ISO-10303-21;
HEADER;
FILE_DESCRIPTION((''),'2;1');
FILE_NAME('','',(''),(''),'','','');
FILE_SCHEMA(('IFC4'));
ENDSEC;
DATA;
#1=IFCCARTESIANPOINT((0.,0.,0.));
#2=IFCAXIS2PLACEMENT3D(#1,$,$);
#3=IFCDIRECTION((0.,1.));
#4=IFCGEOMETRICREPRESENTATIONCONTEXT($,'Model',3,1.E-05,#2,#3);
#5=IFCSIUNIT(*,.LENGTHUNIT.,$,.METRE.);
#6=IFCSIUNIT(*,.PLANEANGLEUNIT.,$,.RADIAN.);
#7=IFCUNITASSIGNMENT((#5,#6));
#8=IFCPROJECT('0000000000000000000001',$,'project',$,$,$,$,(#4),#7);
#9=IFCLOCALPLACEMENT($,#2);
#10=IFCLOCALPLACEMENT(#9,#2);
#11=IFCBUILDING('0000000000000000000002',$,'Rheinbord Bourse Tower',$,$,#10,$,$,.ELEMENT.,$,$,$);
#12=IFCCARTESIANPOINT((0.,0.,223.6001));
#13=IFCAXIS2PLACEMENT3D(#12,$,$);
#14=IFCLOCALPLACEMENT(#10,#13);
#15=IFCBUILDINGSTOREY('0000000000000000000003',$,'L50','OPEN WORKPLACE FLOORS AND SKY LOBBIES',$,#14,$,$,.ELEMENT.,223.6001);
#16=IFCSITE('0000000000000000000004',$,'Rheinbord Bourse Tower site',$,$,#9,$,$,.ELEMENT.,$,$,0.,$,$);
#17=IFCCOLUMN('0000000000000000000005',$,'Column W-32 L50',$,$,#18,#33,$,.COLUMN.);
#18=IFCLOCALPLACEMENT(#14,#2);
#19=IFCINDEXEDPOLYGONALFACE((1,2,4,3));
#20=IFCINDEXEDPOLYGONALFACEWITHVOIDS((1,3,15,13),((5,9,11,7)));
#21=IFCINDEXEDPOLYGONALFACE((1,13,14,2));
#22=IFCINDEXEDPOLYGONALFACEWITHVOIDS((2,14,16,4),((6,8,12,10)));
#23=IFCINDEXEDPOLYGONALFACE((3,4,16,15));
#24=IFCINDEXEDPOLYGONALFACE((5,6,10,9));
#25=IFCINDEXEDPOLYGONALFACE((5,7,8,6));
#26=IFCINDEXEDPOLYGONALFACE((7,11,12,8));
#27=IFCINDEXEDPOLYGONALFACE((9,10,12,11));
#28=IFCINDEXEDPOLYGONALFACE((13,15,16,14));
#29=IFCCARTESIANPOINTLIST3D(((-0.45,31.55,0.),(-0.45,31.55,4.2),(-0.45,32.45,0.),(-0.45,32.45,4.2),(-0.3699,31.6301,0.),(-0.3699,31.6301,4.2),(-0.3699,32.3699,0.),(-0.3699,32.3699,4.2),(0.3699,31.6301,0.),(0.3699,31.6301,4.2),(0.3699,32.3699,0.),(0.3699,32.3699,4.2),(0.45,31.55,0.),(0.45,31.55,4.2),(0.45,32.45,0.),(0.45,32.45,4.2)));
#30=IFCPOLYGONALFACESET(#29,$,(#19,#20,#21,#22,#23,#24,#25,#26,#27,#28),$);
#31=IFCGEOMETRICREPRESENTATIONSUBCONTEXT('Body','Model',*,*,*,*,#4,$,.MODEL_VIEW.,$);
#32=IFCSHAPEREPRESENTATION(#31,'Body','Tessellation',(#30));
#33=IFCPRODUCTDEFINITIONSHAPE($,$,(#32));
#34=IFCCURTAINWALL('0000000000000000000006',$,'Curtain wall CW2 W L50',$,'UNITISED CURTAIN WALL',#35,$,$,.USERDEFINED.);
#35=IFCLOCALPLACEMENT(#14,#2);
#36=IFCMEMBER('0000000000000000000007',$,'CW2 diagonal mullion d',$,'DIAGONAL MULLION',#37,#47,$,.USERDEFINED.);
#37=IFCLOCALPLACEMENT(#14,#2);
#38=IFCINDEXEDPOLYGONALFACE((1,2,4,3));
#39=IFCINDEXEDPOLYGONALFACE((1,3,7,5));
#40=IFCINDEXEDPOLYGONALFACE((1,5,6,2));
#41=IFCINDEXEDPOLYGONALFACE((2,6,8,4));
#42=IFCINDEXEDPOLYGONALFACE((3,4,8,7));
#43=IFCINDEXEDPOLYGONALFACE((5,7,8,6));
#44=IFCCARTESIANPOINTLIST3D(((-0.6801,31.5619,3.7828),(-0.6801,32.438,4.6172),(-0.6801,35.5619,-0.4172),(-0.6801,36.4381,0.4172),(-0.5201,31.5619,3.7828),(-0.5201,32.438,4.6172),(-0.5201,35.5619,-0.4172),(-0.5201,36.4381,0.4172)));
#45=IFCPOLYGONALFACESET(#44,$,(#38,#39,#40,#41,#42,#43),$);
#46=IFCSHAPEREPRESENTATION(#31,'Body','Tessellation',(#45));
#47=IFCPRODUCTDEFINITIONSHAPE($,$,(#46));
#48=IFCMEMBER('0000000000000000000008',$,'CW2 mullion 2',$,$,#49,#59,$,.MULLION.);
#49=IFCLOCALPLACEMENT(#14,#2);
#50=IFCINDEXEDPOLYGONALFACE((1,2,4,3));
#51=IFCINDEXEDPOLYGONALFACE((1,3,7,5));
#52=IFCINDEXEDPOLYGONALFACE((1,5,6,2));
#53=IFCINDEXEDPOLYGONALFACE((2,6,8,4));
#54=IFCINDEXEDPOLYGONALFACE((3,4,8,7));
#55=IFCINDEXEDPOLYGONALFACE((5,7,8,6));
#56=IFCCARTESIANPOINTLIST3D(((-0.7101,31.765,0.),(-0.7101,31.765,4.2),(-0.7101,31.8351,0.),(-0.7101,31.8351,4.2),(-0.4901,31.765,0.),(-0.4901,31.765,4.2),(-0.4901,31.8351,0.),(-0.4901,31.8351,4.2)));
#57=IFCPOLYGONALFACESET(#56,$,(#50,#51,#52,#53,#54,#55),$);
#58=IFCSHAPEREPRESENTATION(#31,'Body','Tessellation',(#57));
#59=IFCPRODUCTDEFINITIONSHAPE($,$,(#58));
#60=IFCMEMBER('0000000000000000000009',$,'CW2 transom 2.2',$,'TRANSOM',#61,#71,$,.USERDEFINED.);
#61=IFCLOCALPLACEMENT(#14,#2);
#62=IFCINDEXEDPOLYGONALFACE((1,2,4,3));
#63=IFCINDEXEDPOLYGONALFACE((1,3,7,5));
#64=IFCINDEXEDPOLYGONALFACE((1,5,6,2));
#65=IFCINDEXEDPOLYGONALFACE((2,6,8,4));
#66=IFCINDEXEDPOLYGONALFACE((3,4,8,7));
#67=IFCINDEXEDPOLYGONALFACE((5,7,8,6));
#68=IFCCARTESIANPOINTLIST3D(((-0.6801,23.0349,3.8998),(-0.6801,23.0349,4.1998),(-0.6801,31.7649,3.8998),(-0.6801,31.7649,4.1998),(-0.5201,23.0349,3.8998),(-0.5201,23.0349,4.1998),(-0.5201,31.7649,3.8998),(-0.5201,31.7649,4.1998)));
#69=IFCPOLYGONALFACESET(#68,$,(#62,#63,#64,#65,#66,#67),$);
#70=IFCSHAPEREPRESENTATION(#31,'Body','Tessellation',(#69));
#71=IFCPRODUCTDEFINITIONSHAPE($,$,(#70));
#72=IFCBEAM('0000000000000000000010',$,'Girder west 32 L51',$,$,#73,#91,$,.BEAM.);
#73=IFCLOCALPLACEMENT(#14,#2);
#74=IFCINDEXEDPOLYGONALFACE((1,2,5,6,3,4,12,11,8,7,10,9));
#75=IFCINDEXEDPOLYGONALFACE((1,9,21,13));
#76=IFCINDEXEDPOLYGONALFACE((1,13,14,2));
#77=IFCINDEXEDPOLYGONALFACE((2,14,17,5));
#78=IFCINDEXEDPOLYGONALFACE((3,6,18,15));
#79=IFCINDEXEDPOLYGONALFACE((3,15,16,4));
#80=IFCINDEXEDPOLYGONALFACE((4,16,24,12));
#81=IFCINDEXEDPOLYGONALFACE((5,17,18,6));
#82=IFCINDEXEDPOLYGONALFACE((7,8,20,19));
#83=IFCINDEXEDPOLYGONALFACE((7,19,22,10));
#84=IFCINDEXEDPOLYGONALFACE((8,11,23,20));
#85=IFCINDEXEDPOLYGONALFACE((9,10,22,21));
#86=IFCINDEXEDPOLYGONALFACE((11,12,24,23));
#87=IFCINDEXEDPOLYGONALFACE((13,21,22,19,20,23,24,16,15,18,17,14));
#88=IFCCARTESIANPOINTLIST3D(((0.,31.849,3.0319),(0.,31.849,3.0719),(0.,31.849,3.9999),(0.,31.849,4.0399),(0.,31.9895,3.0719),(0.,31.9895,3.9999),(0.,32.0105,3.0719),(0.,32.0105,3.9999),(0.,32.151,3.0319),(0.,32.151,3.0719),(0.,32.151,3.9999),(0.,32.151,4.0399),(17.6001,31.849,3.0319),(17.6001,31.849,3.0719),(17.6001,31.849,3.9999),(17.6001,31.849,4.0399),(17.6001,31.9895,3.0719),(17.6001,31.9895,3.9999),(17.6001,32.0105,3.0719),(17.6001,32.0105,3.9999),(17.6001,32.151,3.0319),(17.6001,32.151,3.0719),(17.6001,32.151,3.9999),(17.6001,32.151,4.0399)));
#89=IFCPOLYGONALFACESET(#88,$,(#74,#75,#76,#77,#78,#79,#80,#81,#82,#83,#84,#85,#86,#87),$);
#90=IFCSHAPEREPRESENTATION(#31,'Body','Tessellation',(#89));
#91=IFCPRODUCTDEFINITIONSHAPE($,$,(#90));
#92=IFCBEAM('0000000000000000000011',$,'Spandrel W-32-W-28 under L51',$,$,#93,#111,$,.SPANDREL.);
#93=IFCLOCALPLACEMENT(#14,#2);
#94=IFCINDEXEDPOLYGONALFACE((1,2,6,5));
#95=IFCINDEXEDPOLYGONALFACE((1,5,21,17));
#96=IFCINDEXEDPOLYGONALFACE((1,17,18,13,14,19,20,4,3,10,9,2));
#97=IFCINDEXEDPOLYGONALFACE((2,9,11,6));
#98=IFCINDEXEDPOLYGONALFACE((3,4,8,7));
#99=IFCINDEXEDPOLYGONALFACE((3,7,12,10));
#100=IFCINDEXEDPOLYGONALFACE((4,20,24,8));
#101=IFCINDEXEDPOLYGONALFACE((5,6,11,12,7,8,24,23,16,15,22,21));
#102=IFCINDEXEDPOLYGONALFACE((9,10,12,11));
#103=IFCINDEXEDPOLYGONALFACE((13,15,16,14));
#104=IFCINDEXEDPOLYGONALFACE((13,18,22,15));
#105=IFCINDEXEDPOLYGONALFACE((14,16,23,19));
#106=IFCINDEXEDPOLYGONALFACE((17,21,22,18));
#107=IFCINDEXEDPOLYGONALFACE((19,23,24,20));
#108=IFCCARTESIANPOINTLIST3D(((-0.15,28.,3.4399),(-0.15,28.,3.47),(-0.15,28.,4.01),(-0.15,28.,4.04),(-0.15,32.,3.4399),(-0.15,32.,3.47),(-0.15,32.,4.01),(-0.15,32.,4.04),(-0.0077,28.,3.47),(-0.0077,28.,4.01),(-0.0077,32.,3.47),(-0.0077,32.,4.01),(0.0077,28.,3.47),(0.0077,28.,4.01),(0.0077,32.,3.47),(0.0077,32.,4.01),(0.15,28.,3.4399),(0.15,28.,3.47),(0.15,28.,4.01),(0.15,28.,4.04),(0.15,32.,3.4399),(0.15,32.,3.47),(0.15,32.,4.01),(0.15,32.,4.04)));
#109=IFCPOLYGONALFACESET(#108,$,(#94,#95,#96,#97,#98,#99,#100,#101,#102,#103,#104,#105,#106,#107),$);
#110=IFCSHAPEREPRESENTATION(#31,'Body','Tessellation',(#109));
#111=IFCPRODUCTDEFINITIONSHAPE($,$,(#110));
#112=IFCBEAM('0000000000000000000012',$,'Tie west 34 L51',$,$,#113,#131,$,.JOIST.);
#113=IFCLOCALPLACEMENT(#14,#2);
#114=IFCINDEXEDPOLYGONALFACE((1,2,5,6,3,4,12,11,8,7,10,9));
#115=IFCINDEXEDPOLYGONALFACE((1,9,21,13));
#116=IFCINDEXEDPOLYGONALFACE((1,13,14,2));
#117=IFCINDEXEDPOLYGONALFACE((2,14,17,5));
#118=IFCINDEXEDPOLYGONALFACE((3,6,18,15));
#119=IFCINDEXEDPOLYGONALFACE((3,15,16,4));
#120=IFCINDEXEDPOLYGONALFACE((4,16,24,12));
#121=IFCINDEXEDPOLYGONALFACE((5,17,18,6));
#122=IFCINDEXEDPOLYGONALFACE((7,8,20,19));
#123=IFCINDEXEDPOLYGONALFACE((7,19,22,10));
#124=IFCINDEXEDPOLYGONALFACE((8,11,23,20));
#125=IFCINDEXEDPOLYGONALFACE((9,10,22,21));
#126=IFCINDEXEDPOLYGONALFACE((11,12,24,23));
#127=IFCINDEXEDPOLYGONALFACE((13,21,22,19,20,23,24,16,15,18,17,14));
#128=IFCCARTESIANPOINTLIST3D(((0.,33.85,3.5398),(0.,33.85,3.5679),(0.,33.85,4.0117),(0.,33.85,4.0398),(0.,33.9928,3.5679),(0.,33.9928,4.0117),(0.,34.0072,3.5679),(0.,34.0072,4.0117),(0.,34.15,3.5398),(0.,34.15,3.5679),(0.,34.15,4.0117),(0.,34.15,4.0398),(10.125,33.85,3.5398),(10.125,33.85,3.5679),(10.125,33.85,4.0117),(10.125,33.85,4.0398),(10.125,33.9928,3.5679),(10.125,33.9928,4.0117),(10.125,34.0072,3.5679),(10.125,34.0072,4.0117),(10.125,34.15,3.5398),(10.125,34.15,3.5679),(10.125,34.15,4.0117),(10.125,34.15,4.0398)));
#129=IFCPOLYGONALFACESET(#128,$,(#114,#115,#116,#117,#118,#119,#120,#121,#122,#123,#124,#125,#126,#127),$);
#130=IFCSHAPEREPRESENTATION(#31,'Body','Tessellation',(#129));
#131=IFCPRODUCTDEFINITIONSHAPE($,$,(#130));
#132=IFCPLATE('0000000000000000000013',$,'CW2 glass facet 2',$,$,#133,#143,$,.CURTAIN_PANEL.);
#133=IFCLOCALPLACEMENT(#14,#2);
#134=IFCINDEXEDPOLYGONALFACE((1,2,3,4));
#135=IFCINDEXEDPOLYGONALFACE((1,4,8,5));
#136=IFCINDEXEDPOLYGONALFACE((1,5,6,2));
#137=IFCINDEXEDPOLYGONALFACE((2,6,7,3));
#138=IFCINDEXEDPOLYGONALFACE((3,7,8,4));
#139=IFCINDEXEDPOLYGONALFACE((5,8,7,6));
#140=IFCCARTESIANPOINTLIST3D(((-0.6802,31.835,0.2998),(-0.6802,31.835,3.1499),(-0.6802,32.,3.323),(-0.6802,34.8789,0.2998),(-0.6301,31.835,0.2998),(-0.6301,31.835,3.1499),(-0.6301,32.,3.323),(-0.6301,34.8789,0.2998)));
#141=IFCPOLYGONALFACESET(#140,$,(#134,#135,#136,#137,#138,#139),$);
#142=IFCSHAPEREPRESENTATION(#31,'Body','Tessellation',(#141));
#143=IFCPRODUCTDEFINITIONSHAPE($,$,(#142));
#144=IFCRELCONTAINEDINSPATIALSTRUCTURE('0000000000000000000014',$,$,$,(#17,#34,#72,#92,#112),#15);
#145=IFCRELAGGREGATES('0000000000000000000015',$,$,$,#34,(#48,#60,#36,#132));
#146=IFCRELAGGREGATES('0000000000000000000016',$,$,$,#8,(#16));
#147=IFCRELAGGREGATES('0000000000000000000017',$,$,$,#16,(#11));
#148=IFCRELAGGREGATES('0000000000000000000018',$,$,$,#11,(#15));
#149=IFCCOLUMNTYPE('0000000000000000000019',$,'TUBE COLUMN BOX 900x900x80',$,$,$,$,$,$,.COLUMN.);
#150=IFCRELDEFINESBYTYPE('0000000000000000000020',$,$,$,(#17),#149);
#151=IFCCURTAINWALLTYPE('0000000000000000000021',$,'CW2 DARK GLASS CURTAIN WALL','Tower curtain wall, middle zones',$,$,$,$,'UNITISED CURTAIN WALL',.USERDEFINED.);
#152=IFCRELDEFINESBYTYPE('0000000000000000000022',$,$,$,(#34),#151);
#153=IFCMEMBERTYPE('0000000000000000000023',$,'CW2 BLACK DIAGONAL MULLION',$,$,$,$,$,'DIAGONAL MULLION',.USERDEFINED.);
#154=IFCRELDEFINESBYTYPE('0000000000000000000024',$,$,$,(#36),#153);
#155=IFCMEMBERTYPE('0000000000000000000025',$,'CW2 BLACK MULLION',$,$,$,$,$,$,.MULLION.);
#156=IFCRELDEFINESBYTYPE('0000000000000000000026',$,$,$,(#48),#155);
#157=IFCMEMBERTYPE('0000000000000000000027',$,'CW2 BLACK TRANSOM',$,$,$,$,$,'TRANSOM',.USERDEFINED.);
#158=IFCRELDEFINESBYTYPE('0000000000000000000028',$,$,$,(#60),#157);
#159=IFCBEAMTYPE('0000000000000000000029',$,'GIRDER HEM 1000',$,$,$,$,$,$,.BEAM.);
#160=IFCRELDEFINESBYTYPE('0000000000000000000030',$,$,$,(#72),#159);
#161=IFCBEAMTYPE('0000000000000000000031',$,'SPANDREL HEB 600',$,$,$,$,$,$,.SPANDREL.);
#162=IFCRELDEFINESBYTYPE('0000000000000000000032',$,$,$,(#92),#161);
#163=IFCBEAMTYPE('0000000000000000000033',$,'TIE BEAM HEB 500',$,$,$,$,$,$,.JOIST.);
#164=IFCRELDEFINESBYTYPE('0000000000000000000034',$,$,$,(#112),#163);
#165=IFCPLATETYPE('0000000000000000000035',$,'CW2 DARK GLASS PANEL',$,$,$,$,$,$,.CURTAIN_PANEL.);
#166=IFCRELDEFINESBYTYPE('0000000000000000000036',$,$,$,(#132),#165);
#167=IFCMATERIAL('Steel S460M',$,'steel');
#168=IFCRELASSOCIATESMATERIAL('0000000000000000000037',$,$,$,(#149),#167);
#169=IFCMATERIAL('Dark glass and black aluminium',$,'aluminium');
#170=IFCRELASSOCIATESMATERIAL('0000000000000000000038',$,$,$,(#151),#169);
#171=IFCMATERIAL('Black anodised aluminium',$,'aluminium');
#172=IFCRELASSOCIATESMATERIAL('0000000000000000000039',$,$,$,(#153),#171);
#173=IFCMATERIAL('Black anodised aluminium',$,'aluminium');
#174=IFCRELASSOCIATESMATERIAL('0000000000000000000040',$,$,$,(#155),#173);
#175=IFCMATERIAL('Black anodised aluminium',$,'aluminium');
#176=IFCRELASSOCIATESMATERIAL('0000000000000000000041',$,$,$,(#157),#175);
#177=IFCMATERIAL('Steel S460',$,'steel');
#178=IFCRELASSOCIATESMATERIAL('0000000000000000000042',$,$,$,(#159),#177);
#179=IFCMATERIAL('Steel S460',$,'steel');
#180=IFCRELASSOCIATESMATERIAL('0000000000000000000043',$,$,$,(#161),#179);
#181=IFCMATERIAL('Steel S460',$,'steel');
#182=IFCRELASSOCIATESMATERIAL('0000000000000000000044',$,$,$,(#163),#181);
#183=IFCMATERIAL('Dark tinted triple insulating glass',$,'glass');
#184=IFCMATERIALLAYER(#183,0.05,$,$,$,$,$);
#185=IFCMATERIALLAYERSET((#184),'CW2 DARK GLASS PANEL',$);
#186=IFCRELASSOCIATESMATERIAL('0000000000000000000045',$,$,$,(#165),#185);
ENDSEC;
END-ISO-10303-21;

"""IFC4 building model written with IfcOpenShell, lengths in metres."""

from ifc_helpers import new_model, si_unit, direction, frame, origin, origin_2d, place, context, subcontext, project, spatial, polyline, rectangle, hollow_rectangle, i_section, outline, extrude, material, layer, layer_set, material_profile, profile_set, type_object, element, aggregate, save


model = new_model("IFC4")

# Units and contexts
model_context = context("Model", 3, precision=1e-05, world=origin(), true_north=direction((0.0, 1.0)))
body_context = subcontext(model_context, "Body", "Model", "MODEL_VIEW")
ifc_project = project(units=[si_unit("LENGTHUNIT", "METRE"), si_unit("PLANEANGLEUNIT", "RADIAN")], contexts=[model_context])

# Site, building, storey
site_placement = place(None, origin())
site = spatial("IfcSite", under=ifc_project, at=site_placement, Name="Rheinbord Bourse Tower site", CompositionType="ELEMENT", RefElevation=0.0)
building_placement = place(site_placement, origin())
building = spatial("IfcBuilding", under=site, at=building_placement, Name="Rheinbord Bourse Tower", CompositionType="ELEMENT")
storey_placement = place(building_placement, frame((0.0, 0.0, 223.6001)))
storey = spatial("IfcBuildingStorey", under=building, at=storey_placement, Name="L50", Description="OPEN WORKPLACE FLOORS AND SKY LOBBIES", CompositionType="ELEMENT", Elevation=223.6001)

# Column
ifc_material_1 = material(Name="Steel S460M", Category="steel")
ifc_material_profile_1 = material_profile(ifc_material_1, hollow_rectangle(XDim=0.8999, YDim=0.8999, WallThickness=0.0801, at=origin_2d()), Name="BOX 900x900x80")
ifc_profile_set_1 = profile_set([ifc_material_profile_1], Name="Steel S460M")
column_type = type_object("IfcColumnType", Name="TUBE COLUMN BOX 900x900x80", PredefinedType="COLUMN", material=ifc_profile_set_1)
column_placement = place(storey_placement, frame((0.0, 32.0, 0.0), z_axis=(0.0, 0.0, 1.0), x_axis=(1.0, 0.0, 0.0)))
element("IfcColumn", 1, at=column_placement, inside=storey, type_object=column_type, Name="Column W-32 L50", PredefinedType="COLUMN", context=body_context, shape_type="SweptSolid", body=[
    extrude(hollow_rectangle(XDim=0.8999, YDim=0.8999, WallThickness=0.0801, at=origin_2d()), origin(), (0.0, 0.0, 1.0), 4.2),
])

# Curtain wall, members
ifc_material_2 = material(Name="Dark glass and black aluminium", Category="aluminium")
curtain_wall_type = type_object("IfcCurtainWallType", Name="CW2 DARK GLASS CURTAIN WALL", Description="Tower curtain wall, middle zones", ElementType="UNITISED CURTAIN WALL", PredefinedType="USERDEFINED", material=ifc_material_2)
curtain_wall_placement = place(storey_placement, origin())
curtain_wall = element("IfcCurtainWall", 2, at=curtain_wall_placement, inside=storey, type_object=curtain_wall_type, Name="Curtain wall CW2 W L50", ObjectType="UNITISED CURTAIN WALL", PredefinedType="USERDEFINED")
ifc_material_3 = material(Name="Black anodised aluminium", Category="aluminium")
ifc_material_profile_2 = material_profile(ifc_material_3, rectangle(XDim=0.1599, YDim=1.21, at=origin_2d()), Name="CW2 DIAGONAL MULLION 1210x160")
ifc_profile_set_2 = profile_set([ifc_material_profile_2], Name="Black anodised aluminium")
member_type_1 = type_object("IfcMemberType", Name="CW2 BLACK DIAGONAL MULLION", ElementType="DIAGONAL MULLION", PredefinedType="USERDEFINED", material=ifc_profile_set_2)
member_1_placement = place(storey_placement, frame((-0.6001, 36.0, 0.0), z_axis=(0.0, -0.689659, 0.724134), x_axis=(1.0, 0.0, 0.0)))
member_1 = element("IfcMember", 3, at=member_1_placement, type_object=member_type_1, Name="CW2 diagonal mullion d", ObjectType="DIAGONAL MULLION", PredefinedType="USERDEFINED", context=body_context, shape_type="SweptSolid", body=[
    extrude(rectangle(XDim=0.1599, YDim=1.21, at=origin_2d()), origin(), (0.0, 0.0, 1.0), 5.8),
])
ifc_material_4 = material(Name="Black anodised aluminium", Category="aluminium")
ifc_material_profile_3 = material_profile(ifc_material_4, rectangle(XDim=0.22, YDim=0.0701, at=origin_2d()), Name="CW2 MULLION 70x220")
ifc_profile_set_3 = profile_set([ifc_material_profile_3], Name="Black anodised aluminium")
member_type_2 = type_object("IfcMemberType", Name="CW2 BLACK MULLION", PredefinedType="MULLION", material=ifc_profile_set_3)
member_2_placement = place(storey_placement, frame((-0.6001, 31.8, 0.0), z_axis=(0.0, 0.0, 1.0), x_axis=(1.0, 0.0, 0.0)))
member_2 = element("IfcMember", 4, at=member_2_placement, type_object=member_type_2, Name="CW2 mullion 2", PredefinedType="MULLION", context=body_context, shape_type="SweptSolid", body=[
    extrude(rectangle(XDim=0.22, YDim=0.0701, at=origin_2d()), origin(), (0.0, 0.0, 1.0), 4.2),
])
ifc_material_5 = material(Name="Black anodised aluminium", Category="aluminium")
ifc_material_profile_4 = material_profile(ifc_material_5, rectangle(XDim=0.1599, YDim=0.3, at=origin_2d()), Name="CW2 TRANSOM 300x160")
ifc_profile_set_4 = profile_set([ifc_material_profile_4], Name="Black anodised aluminium")
member_type_3 = type_object("IfcMemberType", Name="CW2 BLACK TRANSOM", ElementType="TRANSOM", PredefinedType="USERDEFINED", material=ifc_profile_set_4)
member_3_placement = place(storey_placement, frame((-0.6001, 31.7649, 4.0498), z_axis=(0.0, -1.0, 0.0), x_axis=(1.0, 0.0, 0.0)))
member_3 = element("IfcMember", 5, at=member_3_placement, type_object=member_type_3, Name="CW2 transom 2.2", ObjectType="TRANSOM", PredefinedType="USERDEFINED", context=body_context, shape_type="SweptSolid", body=[
    extrude(rectangle(XDim=0.1599, YDim=0.3, at=origin_2d()), origin(), (0.0, 0.0, 1.0), 8.73),
])

# Beams
ifc_material_6 = material(Name="Steel S460", Category="steel")
ifc_material_profile_5 = material_profile(ifc_material_6, i_section(OverallWidth=0.302, OverallDepth=1.0081, WebThickness=0.021, FlangeThickness=0.04, at=origin_2d()), Name="HEM 1000")
ifc_profile_set_5 = profile_set([ifc_material_profile_5], Name="Steel S460")
beam_type_1 = type_object("IfcBeamType", Name="GIRDER HEM 1000", PredefinedType="BEAM", material=ifc_profile_set_5)
beam_1_placement = place(storey_placement, frame((0.0, 32.0, 3.5359), z_axis=(1.0, 0.0, 0.0), x_axis=(0.0, 1.0, 0.0)))
element("IfcBeam", 6, at=beam_1_placement, inside=storey, type_object=beam_type_1, Name="Girder west 32 L51", PredefinedType="BEAM", context=body_context, shape_type="SweptSolid", body=[
    extrude(i_section(OverallWidth=0.302, OverallDepth=1.0081, WebThickness=0.021, FlangeThickness=0.04, at=origin_2d()), origin(), (0.0, 0.0, 1.0), 17.6001),
])
ifc_material_7 = material(Name="Steel S460", Category="steel")
ifc_material_profile_6 = material_profile(ifc_material_7, i_section(OverallWidth=0.3, OverallDepth=0.6001, WebThickness=0.0154, FlangeThickness=0.03, at=origin_2d()), Name="HEB 600")
ifc_profile_set_6 = profile_set([ifc_material_profile_6], Name="Steel S460")
beam_type_2 = type_object("IfcBeamType", Name="SPANDREL HEB 600", PredefinedType="SPANDREL", material=ifc_profile_set_6)
beam_2_placement = place(storey_placement, frame((0.0, 32.0, 3.74), z_axis=(0.0, -1.0, 0.0), x_axis=(1.0, 0.0, 0.0)))
element("IfcBeam", 7, at=beam_2_placement, inside=storey, type_object=beam_type_2, Name="Spandrel W-32-W-28 under L51", PredefinedType="SPANDREL", context=body_context, shape_type="SweptSolid", body=[
    extrude(i_section(OverallWidth=0.3, OverallDepth=0.6001, WebThickness=0.0154, FlangeThickness=0.03, at=origin_2d()), origin(), (0.0, 0.0, 1.0), 4.0),
])
ifc_material_8 = material(Name="Steel S460", Category="steel")
ifc_material_profile_7 = material_profile(ifc_material_8, i_section(OverallWidth=0.3, OverallDepth=0.5, WebThickness=0.0144, FlangeThickness=0.0281, at=origin_2d()), Name="HEB 500")
ifc_profile_set_7 = profile_set([ifc_material_profile_7], Name="Steel S460")
beam_type_3 = type_object("IfcBeamType", Name="TIE BEAM HEB 500", PredefinedType="JOIST", material=ifc_profile_set_7)
beam_3_placement = place(storey_placement, frame((0.0, 34.0, 3.7898), z_axis=(1.0, 0.0, 0.0), x_axis=(0.0, 1.0, 0.0)))
element("IfcBeam", 8, at=beam_3_placement, inside=storey, type_object=beam_type_3, Name="Tie west 34 L51", PredefinedType="JOIST", context=body_context, shape_type="SweptSolid", body=[
    extrude(i_section(OverallWidth=0.3, OverallDepth=0.5, WebThickness=0.0144, FlangeThickness=0.0281, at=origin_2d()), origin(), (0.0, 0.0, 1.0), 10.125),
])

# Plate
ifc_material_9 = material(Name="Dark tinted triple insulating glass", Category="glass")
ifc_layer = layer(ifc_material_9, 0.05)
ifc_layer_set = layer_set([ifc_layer], Name="CW2 DARK GLASS PANEL")
plate_type = type_object("IfcPlateType", Name="CW2 DARK GLASS PANEL", PredefinedType="CURTAIN_PANEL", material=ifc_layer_set)
plate_placement = place(storey_placement, frame((-0.6802, 31.835, 0.2998), z_axis=(1.0, 0.0, 0.0), x_axis=(0.0, 1.0, 0.0)))
plate = element("IfcPlate", 9, at=plate_placement, type_object=plate_type, Name="CW2 glass facet 2", PredefinedType="CURTAIN_PANEL", context=body_context, shape_type="SweptSolid", body=[
    extrude(outline(polyline([(0.0, 0.0), (3.0439, 0.0), (0.165, 3.0232), (0.0, 2.8501), (0.0, 0.0)])), origin(), (0.0, 0.0, 1.0), 0.05),
])
aggregate(curtain_wall, [member_2, member_3, member_1, plate])

save(model, "model.ifc")
